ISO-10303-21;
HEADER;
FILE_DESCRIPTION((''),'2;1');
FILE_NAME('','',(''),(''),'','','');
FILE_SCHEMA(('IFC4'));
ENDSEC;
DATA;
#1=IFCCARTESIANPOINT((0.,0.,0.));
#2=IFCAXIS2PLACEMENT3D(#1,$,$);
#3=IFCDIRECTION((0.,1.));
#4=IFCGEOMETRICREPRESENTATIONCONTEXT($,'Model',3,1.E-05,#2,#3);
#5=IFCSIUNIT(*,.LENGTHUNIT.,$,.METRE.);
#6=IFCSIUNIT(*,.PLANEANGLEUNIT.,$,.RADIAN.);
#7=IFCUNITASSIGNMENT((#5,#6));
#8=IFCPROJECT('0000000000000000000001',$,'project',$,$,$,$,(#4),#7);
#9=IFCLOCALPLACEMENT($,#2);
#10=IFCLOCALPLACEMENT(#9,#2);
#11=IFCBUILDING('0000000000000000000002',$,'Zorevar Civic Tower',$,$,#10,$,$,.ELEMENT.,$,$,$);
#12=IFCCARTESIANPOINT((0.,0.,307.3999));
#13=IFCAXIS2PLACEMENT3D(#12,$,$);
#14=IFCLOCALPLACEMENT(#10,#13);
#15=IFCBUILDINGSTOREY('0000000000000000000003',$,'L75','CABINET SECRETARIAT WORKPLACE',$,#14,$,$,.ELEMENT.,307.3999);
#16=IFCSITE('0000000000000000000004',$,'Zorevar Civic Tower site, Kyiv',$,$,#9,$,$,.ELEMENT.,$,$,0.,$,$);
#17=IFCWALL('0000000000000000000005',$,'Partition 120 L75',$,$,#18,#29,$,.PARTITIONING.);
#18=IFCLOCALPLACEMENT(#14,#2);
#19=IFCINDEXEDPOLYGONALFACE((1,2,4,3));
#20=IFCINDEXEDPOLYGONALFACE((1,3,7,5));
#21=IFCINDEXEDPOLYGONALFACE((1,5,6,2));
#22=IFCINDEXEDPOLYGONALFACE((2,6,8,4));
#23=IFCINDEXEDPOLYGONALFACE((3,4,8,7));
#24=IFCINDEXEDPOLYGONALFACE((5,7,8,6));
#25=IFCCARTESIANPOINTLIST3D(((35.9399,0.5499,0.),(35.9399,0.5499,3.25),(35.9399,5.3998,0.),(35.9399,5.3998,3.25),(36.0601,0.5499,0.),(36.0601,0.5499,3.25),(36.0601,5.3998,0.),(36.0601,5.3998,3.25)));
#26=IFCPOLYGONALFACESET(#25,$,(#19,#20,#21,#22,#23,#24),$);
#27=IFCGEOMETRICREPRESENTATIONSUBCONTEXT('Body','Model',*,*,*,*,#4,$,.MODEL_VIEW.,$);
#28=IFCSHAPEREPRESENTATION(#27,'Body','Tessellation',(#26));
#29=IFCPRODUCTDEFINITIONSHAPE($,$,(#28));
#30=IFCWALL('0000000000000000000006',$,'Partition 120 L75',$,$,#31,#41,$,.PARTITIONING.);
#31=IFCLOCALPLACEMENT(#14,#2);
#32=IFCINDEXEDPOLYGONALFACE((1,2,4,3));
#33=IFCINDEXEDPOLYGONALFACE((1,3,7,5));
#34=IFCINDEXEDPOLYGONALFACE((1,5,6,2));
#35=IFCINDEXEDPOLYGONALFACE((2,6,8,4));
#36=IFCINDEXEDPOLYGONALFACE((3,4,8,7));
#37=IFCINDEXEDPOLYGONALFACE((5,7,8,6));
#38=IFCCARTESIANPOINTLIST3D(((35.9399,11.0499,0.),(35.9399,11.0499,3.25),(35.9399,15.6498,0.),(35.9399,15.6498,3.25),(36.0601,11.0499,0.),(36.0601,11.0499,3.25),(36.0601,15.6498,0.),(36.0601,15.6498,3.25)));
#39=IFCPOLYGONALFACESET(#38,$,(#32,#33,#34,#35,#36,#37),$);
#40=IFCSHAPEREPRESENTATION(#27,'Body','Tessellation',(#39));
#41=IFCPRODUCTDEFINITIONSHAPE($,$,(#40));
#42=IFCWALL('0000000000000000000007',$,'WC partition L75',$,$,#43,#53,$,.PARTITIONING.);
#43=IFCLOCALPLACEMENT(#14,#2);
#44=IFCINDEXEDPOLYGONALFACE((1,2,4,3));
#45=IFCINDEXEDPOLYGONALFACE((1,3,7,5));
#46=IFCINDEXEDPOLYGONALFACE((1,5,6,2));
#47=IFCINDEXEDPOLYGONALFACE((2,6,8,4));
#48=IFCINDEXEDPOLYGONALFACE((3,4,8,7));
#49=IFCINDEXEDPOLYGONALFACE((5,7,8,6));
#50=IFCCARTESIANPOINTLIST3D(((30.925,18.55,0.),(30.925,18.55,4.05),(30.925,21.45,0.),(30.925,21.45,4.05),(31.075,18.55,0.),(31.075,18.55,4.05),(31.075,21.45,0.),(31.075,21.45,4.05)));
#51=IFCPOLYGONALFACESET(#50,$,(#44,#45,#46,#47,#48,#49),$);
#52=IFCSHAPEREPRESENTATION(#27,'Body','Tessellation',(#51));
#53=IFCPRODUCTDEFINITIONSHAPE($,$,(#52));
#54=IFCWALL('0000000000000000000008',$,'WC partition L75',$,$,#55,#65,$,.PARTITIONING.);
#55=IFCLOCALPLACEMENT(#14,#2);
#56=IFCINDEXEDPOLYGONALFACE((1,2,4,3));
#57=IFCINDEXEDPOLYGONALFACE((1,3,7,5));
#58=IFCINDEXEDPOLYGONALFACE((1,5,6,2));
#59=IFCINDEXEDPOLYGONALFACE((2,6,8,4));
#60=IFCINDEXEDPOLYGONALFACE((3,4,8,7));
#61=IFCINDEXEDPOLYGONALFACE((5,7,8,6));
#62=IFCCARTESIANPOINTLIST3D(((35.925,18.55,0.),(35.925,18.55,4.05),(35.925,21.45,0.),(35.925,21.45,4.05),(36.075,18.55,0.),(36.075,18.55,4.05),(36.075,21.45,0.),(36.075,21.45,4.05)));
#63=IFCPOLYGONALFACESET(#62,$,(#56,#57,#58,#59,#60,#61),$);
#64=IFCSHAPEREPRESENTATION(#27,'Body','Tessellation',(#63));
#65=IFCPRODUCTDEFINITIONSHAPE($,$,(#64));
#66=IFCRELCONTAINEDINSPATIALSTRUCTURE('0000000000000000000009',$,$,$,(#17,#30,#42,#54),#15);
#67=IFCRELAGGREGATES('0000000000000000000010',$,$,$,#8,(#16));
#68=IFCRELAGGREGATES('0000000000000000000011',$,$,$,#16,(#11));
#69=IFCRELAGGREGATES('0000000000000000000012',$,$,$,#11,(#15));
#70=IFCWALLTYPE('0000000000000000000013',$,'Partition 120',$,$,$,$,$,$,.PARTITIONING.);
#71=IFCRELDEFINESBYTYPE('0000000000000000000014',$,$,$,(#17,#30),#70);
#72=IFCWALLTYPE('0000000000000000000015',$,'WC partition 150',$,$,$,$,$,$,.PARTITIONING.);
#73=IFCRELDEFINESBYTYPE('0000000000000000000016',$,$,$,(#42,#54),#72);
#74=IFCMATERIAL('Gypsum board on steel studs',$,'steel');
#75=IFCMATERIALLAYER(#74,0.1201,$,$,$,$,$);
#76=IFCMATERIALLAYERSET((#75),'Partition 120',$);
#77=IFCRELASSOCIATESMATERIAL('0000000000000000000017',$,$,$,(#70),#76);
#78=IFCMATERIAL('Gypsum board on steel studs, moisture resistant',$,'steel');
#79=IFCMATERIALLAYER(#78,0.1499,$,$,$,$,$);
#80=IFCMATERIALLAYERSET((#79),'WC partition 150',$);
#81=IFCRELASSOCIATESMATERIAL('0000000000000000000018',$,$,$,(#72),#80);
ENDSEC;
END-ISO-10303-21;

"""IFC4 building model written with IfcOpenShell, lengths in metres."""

from ifc_helpers import new_model, si_unit, direction, frame, frame_2d, origin, place, context, subcontext, project, spatial, rectangle, extrude, material, layer, layer_set, type_object, element, save


model = new_model("IFC4")

# Units and contexts
model_context = context("Model", 3, precision=1e-05, world=origin(), true_north=direction((0.0, 1.0)))
body_context = subcontext(model_context, "Body", "Model", "MODEL_VIEW")
ifc_project = project(units=[si_unit("LENGTHUNIT", "METRE"), si_unit("PLANEANGLEUNIT", "RADIAN")], contexts=[model_context])

# Site, building, storey
site_placement = place(None, origin())
site = spatial("IfcSite", under=ifc_project, at=site_placement, Name="Zorevar Civic Tower site, Kyiv", CompositionType="ELEMENT", RefElevation=0.0)
building_placement = place(site_placement, origin())
building = spatial("IfcBuilding", under=site, at=building_placement, Name="Zorevar Civic Tower", CompositionType="ELEMENT")
storey_placement = place(building_placement, frame((0.0, 0.0, 307.3999)))
storey = spatial("IfcBuildingStorey", under=building, at=storey_placement, Name="L75", Description="CABINET SECRETARIAT WORKPLACE", CompositionType="ELEMENT", Elevation=307.3999)

# Shared definitions
ifc_material_1 = material(Name="Gypsum board on steel studs", Category="steel")
ifc_layer_1 = layer(ifc_material_1, 0.1201)
ifc_layer_set_1 = layer_set([ifc_layer_1], Name="Partition 120")
wall_type_1 = type_object("IfcWallType", Name="Partition 120", PredefinedType="PARTITIONING", material=ifc_layer_set_1)

# Walls
wall_1_placement = place(storey_placement, frame((36.0, 0.55, 0.0), z_axis=(0.0, 0.0, 1.0), x_axis=(0.0, 1.0, 0.0)))
element("IfcWall", 1, at=wall_1_placement, inside=storey, type_object=wall_type_1, Name="Partition 120 L75", PredefinedType="PARTITIONING", context=body_context, shape_type="SweptSolid", body=[
    extrude(rectangle(XDim=4.8499, YDim=0.1201, at=frame_2d((2.4248, 0.0))), origin(), (0.0, 0.0, 1.0), 3.25),
])
wall_2_placement = place(storey_placement, frame((36.0, 11.05, 0.0), z_axis=(0.0, 0.0, 1.0), x_axis=(0.0, 1.0, 0.0)))
element("IfcWall", 2, at=wall_2_placement, inside=storey, type_object=wall_type_1, Name="Partition 120 L75", PredefinedType="PARTITIONING", context=body_context, shape_type="SweptSolid", body=[
    extrude(rectangle(XDim=4.5999, YDim=0.1201, at=frame_2d((2.2998, 0.0))), origin(), (0.0, 0.0, 1.0), 3.25),
])
ifc_material_2 = material(Name="Gypsum board on steel studs, moisture resistant", Category="steel")
ifc_layer_2 = layer(ifc_material_2, 0.1499)
ifc_layer_set_2 = layer_set([ifc_layer_2], Name="WC partition 150")
wall_type_2 = type_object("IfcWallType", Name="WC partition 150", PredefinedType="PARTITIONING", material=ifc_layer_set_2)
for number, where, z_axis, x_axis, name in (
    (3, (31.0, 18.55, 0.0), (0.0, 0.0, 1.0), (0.0, 1.0, 0.0), "WC partition L75"),
    (4, (36.0, 18.55, 0.0), (0.0, 0.0, 1.0), (0.0, 1.0, 0.0), "WC partition L75"),
):
    element("IfcWall", number, at=place(storey_placement, frame(where, z_axis=z_axis, x_axis=x_axis)), inside=storey, type_object=wall_type_2, Name=name, PredefinedType="PARTITIONING", context=body_context, shape_type="SweptSolid", body=[
        extrude(rectangle(XDim=2.8999, YDim=0.1499, at=frame_2d((1.45, 0.0))), origin(), (0.0, 0.0, 1.0), 4.05),
    ])

save(model, "model.ifc")
